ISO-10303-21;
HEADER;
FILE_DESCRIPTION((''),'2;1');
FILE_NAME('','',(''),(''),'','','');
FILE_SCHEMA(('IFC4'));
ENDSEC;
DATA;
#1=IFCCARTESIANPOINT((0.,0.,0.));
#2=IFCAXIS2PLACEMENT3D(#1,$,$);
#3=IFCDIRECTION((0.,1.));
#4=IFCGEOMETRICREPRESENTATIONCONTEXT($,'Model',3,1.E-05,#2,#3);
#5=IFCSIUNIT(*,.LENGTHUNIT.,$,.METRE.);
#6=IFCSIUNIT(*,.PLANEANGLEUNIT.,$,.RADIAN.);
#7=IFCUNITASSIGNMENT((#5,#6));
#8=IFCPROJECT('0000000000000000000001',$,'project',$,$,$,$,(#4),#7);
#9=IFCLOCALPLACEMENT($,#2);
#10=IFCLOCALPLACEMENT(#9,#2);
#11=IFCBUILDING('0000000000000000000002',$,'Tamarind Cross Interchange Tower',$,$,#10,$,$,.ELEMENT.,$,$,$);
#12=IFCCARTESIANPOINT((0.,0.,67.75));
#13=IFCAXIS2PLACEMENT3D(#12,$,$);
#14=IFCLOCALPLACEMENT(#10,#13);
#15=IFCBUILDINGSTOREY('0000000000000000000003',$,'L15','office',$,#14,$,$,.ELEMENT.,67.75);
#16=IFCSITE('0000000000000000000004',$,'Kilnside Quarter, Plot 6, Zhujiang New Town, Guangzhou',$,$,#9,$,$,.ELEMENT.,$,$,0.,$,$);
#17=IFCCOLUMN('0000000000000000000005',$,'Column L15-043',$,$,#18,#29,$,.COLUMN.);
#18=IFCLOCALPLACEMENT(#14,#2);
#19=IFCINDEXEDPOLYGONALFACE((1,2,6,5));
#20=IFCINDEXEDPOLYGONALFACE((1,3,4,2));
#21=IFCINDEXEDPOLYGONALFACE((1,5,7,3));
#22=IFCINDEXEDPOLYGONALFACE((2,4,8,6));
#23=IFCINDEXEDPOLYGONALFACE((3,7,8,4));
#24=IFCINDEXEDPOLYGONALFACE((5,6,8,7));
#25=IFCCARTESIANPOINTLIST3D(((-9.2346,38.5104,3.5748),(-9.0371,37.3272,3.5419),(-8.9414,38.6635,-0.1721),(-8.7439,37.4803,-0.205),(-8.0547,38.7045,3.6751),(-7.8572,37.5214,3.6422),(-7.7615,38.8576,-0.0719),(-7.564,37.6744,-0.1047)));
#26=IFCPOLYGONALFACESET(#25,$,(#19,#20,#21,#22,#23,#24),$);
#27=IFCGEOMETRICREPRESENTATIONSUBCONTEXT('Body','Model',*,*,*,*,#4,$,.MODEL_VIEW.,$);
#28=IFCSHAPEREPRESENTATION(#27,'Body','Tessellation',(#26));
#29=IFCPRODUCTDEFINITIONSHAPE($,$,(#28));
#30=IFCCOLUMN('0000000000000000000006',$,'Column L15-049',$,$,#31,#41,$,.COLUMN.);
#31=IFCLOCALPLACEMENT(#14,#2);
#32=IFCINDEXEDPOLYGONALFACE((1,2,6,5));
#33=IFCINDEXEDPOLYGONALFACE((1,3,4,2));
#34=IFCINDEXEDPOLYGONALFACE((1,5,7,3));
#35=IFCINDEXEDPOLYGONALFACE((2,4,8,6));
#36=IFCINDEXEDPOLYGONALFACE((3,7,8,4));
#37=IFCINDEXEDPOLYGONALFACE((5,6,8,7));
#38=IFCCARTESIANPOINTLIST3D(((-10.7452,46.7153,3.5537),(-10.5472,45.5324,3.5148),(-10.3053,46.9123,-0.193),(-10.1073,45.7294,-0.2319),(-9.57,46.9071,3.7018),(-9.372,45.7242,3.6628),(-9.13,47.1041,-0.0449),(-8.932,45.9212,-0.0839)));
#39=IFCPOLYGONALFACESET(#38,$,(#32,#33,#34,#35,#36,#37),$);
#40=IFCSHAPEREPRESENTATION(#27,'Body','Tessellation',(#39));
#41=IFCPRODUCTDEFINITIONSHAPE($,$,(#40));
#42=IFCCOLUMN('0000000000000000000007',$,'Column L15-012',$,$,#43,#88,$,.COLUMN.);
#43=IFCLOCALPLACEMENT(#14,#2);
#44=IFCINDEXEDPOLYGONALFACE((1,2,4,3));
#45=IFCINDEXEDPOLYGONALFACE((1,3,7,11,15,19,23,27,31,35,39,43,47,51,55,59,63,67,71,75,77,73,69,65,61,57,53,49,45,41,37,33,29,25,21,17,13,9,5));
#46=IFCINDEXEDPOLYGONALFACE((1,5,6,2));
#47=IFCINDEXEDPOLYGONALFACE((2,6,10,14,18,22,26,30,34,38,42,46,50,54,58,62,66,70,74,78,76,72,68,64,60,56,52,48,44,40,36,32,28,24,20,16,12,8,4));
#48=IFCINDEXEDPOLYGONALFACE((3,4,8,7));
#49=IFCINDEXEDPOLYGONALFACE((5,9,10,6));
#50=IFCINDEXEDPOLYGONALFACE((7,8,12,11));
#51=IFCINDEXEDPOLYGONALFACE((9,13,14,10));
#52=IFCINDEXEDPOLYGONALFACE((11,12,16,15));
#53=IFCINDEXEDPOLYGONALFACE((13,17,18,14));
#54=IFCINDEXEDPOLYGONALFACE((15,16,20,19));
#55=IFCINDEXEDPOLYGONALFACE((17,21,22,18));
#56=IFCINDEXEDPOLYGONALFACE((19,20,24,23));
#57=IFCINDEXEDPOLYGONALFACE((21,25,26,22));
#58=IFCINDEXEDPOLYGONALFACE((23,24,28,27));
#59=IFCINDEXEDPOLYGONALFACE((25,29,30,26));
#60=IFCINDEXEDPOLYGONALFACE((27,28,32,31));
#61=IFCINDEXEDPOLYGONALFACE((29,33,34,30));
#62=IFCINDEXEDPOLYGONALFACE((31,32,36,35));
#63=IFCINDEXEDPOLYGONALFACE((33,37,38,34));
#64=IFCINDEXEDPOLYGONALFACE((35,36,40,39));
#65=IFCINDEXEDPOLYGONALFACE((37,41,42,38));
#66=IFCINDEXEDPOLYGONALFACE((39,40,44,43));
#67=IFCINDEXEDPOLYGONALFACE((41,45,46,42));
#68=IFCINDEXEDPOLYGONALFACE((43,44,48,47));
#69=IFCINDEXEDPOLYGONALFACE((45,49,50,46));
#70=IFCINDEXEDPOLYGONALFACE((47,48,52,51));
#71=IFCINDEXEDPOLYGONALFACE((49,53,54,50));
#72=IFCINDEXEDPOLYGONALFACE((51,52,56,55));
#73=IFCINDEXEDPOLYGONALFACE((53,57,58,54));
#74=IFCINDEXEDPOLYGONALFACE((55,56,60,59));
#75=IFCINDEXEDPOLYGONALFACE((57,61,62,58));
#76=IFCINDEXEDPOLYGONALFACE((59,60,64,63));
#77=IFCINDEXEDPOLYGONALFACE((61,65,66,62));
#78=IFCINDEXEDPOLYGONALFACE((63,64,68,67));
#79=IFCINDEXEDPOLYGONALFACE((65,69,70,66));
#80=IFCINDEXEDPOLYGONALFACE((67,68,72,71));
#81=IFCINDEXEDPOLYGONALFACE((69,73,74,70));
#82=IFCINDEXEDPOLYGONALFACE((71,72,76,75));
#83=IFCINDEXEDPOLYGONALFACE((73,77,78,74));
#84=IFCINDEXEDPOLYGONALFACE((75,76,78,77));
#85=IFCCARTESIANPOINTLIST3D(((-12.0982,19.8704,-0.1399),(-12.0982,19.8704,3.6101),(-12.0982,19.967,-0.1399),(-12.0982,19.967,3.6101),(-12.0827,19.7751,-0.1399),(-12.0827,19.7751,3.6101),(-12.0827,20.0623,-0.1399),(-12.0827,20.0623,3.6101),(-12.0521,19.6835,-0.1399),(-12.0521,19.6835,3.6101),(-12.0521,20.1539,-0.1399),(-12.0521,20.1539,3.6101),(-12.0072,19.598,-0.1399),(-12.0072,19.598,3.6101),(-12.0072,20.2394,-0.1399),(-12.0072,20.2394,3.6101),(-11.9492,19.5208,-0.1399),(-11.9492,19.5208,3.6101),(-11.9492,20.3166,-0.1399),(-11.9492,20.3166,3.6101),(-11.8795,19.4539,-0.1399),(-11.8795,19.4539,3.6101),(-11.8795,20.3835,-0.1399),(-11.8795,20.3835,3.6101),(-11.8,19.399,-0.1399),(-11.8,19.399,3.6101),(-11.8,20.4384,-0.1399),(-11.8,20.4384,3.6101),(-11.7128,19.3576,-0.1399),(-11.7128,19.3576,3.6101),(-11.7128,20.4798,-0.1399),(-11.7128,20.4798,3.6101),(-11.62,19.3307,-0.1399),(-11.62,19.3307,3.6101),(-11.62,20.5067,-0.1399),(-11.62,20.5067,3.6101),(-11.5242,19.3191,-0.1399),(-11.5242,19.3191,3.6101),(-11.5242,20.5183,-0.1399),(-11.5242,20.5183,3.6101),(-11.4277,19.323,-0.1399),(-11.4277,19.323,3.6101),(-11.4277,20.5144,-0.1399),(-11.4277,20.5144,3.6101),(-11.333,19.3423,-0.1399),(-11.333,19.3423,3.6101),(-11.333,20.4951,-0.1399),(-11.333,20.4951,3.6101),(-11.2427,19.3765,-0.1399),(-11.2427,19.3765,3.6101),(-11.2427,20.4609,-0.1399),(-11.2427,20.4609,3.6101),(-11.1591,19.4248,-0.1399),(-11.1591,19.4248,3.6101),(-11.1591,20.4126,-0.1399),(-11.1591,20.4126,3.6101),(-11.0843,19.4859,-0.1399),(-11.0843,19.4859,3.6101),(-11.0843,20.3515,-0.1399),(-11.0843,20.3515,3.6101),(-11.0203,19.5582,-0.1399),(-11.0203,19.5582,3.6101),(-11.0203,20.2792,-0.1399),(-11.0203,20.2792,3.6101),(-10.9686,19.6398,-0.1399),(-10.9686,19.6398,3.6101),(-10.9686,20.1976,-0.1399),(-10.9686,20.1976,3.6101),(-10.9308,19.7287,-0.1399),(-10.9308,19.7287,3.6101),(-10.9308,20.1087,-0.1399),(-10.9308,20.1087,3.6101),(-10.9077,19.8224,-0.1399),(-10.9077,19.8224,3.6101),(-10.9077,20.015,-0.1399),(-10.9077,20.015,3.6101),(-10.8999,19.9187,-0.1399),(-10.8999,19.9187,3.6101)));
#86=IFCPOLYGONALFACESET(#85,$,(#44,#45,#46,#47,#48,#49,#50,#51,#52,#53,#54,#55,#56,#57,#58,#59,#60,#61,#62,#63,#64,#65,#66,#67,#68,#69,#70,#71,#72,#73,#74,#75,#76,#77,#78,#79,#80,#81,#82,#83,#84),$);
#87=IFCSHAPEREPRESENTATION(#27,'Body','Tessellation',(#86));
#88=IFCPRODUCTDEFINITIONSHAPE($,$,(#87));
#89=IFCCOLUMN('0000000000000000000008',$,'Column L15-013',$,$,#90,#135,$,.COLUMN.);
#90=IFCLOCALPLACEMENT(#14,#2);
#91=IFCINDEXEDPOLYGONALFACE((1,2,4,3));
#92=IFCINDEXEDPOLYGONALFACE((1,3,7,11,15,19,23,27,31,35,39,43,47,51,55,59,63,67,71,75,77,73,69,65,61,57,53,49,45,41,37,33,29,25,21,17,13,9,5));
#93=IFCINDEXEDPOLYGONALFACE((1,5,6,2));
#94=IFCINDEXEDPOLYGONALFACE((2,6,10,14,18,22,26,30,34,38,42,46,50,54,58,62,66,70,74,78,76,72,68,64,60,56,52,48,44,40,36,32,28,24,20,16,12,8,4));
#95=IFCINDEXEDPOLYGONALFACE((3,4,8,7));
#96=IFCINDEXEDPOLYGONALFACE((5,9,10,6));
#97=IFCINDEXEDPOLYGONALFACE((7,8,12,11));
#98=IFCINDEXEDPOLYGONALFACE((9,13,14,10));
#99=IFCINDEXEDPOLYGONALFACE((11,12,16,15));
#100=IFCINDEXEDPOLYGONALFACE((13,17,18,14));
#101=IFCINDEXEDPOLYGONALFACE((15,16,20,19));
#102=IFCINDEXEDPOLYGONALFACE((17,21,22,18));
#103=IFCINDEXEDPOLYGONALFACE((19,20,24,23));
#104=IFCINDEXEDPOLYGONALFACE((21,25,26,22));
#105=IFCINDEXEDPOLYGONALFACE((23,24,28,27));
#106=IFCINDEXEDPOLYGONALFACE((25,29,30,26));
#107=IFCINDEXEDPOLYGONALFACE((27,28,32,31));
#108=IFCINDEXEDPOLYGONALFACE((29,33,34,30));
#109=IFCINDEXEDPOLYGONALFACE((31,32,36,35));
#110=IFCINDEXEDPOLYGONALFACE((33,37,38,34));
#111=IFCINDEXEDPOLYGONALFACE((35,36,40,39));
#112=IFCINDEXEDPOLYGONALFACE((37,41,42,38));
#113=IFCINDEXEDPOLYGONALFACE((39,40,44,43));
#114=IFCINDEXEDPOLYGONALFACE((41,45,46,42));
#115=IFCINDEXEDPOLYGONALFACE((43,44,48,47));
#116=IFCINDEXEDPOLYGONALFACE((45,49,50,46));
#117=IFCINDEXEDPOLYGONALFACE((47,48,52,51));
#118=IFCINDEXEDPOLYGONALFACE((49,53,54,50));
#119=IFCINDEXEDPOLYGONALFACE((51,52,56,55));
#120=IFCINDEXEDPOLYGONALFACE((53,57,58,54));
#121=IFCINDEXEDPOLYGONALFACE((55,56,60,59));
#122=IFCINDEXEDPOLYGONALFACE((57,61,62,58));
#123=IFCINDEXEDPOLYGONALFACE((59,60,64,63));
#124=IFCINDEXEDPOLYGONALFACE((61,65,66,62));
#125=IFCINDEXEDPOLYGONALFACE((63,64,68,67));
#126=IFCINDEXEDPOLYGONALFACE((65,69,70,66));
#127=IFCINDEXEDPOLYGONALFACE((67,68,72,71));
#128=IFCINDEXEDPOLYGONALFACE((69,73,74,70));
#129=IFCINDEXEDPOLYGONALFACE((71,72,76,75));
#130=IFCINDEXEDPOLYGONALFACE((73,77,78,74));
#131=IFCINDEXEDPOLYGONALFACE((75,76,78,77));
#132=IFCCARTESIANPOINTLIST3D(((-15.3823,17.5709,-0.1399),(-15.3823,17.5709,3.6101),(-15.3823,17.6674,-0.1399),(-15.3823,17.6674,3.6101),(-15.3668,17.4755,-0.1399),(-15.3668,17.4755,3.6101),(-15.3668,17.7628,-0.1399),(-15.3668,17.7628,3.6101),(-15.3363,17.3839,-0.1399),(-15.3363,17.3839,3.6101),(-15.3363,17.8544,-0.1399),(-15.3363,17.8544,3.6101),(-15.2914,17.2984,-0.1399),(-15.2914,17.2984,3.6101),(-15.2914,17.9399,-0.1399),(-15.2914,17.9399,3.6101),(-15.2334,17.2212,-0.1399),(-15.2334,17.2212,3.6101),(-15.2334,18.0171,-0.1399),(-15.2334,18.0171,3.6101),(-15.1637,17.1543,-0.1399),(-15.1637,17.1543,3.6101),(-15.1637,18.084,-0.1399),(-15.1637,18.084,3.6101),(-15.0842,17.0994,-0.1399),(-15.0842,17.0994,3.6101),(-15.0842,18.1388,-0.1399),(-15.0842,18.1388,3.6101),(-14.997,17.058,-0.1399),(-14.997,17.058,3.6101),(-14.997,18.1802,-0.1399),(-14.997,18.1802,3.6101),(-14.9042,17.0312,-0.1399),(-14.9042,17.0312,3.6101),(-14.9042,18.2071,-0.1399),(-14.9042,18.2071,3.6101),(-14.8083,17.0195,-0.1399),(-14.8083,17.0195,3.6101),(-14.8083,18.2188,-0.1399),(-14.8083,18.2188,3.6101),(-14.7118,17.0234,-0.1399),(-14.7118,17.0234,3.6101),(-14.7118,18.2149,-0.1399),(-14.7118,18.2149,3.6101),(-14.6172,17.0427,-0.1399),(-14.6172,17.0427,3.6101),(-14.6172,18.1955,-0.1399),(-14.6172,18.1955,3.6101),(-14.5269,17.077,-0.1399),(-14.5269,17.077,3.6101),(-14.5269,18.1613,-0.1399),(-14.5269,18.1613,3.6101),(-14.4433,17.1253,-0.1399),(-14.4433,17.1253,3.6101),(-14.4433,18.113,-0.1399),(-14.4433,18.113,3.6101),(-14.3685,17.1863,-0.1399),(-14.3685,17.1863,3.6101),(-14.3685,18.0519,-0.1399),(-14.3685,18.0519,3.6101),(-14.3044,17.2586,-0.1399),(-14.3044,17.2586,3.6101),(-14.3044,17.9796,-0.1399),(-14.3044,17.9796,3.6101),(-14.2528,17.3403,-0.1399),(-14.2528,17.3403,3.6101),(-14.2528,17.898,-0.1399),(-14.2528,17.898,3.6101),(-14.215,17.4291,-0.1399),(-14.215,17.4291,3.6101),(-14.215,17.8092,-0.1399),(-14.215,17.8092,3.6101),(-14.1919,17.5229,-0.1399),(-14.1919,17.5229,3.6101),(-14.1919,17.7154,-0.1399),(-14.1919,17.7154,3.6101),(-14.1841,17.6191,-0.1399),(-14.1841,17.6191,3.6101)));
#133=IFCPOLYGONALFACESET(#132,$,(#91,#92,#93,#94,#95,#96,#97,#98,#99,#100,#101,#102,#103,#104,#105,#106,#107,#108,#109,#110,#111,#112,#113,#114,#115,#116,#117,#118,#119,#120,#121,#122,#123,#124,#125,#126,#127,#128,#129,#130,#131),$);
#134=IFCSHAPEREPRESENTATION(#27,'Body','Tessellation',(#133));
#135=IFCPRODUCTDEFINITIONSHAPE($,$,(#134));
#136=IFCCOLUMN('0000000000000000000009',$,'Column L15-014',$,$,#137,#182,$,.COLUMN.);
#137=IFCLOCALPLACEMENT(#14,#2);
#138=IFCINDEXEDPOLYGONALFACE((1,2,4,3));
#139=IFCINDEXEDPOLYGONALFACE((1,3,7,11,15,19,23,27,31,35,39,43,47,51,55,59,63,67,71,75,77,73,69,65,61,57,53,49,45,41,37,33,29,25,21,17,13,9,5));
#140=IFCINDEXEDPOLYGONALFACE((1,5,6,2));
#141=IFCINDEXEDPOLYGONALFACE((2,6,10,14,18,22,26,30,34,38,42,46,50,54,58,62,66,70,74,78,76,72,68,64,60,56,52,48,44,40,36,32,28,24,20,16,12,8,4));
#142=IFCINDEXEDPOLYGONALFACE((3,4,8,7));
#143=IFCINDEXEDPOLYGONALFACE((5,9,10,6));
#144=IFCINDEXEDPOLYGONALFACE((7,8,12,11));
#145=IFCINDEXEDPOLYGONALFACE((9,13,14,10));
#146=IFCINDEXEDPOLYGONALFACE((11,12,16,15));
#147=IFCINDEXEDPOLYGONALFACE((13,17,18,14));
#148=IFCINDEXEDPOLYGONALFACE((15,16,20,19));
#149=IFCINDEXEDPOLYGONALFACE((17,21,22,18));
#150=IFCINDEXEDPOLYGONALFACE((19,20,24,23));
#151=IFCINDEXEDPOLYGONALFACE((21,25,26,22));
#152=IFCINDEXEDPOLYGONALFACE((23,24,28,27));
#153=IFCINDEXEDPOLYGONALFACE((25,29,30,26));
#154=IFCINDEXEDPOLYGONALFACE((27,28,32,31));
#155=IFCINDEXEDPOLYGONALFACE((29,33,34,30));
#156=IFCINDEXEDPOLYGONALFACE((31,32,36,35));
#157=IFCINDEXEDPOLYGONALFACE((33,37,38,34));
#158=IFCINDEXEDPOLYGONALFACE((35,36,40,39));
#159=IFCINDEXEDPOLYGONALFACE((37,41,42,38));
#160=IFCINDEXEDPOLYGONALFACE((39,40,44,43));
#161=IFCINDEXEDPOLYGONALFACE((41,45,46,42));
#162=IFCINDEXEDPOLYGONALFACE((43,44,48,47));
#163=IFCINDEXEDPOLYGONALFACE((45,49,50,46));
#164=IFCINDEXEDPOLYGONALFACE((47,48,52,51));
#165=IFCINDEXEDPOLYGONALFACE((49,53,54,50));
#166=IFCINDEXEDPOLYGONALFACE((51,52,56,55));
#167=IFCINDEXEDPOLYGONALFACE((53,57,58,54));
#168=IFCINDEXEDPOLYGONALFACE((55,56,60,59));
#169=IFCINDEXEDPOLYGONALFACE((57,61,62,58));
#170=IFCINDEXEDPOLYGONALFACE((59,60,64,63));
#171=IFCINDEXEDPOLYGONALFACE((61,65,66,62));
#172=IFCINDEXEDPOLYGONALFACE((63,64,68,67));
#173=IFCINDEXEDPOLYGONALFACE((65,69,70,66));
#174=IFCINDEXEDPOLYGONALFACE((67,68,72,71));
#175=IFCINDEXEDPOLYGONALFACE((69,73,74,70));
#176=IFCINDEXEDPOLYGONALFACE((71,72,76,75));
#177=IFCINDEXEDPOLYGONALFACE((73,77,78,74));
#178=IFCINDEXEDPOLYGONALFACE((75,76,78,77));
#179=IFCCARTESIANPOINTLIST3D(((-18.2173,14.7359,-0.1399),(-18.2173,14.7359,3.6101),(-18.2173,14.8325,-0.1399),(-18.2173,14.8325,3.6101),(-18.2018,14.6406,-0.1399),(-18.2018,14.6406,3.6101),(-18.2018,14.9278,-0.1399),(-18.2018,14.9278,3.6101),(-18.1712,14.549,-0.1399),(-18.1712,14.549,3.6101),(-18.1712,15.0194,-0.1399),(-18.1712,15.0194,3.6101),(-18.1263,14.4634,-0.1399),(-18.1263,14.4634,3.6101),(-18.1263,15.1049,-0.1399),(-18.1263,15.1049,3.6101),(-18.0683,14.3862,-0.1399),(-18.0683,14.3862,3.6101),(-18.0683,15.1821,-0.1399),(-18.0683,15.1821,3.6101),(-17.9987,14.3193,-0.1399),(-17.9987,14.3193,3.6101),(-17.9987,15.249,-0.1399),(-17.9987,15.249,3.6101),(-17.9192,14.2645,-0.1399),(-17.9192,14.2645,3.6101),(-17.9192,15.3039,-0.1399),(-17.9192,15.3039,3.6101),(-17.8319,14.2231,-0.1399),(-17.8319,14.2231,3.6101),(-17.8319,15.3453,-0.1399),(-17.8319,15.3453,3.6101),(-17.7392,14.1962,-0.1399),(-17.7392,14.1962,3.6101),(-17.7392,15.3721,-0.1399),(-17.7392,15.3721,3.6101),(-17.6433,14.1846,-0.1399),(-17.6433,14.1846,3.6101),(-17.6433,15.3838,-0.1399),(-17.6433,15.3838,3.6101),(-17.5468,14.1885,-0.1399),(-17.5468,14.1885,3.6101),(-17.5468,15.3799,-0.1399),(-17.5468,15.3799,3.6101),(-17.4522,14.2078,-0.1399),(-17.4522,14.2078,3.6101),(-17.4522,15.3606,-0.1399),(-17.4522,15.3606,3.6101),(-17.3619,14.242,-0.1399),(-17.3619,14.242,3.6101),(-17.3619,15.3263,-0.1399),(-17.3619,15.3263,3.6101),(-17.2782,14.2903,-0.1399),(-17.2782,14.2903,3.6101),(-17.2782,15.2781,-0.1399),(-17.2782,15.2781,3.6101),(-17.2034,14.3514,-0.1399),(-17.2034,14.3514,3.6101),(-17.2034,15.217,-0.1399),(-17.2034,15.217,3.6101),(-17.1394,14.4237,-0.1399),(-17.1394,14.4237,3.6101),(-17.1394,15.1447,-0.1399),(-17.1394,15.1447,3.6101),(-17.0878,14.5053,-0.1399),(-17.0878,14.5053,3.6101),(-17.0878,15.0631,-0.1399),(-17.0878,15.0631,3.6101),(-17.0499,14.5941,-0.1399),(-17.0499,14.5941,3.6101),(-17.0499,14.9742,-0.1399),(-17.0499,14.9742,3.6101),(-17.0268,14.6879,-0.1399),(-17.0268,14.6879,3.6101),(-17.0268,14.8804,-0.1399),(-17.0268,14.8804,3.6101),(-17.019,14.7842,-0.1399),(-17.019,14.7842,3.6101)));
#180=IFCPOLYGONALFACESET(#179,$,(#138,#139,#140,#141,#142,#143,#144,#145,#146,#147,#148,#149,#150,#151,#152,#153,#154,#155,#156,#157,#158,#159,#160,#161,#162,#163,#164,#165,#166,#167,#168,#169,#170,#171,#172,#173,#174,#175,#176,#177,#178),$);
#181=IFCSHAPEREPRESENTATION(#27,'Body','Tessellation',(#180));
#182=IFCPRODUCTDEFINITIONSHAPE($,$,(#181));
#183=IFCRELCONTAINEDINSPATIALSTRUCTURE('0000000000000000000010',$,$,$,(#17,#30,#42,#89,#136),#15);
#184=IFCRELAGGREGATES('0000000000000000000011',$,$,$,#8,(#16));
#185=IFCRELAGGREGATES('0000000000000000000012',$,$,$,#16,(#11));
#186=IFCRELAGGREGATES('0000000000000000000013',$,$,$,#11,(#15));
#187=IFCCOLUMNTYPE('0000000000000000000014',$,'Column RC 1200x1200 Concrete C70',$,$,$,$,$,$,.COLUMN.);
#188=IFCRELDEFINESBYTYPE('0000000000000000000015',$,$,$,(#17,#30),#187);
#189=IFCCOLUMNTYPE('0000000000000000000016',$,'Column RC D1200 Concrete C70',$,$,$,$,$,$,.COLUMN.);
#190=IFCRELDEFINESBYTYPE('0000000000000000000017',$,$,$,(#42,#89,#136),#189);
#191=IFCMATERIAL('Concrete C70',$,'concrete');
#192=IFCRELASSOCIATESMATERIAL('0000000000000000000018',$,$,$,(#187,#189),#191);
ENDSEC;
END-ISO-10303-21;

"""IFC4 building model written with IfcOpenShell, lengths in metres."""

from ifc_helpers import new_model, si_unit, direction, frame, origin, origin_2d, place, context, subcontext, project, spatial, rectangle, circle, extrude, material, material_profile, profile_set, type_object, element, save


model = new_model("IFC4")

# Units and contexts
model_context = context("Model", 3, precision=1e-05, world=origin(), true_north=direction((0.0, 1.0)))
body_context = subcontext(model_context, "Body", "Model", "MODEL_VIEW")
ifc_project = project(units=[si_unit("LENGTHUNIT", "METRE"), si_unit("PLANEANGLEUNIT", "RADIAN")], contexts=[model_context])

# Site, building, storey
site_placement = place(None, origin())
site = spatial("IfcSite", under=ifc_project, at=site_placement, Name="Kilnside Quarter, Plot 6, Zhujiang New Town, Guangzhou", CompositionType="ELEMENT", RefElevation=0.0)
building_placement = place(site_placement, origin())
building = spatial("IfcBuilding", under=site, at=building_placement, Name="Tamarind Cross Interchange Tower", CompositionType="ELEMENT")
storey_placement = place(building_placement, frame((0.0, 0.0, 67.75)))
storey = spatial("IfcBuildingStorey", under=building, at=storey_placement, Name="L15", Description="office", CompositionType="ELEMENT", Elevation=67.75)

# Columns
ifc_material_1 = material(Name="Concrete C70", Category="concrete")
ifc_material_profile_1 = material_profile(ifc_material_1, rectangle(XDim=1.2, YDim=1.2, at=origin_2d()), Name="RC 1200x1200")
ifc_profile_set_1 = profile_set([ifc_material_profile_1], Name="Concrete C70")
column_type_1 = type_object("IfcColumnType", Name="Column RC 1200x1200 Concrete C70", PredefinedType="COLUMN", material=ifc_profile_set_1)
column_1_placement = place(storey_placement, frame((-8.2527, 38.1689, -0.1384), z_axis=(-0.077953, -0.040697, 0.996126), x_axis=(0.983284, 0.161771, 0.083557)))
element("IfcColumn", 1, at=column_1_placement, inside=storey, type_object=column_type_1, Name="Column L15-043", PredefinedType="COLUMN", context=body_context, shape_type="SweptSolid", body=[
    extrude(rectangle(XDim=1.2, YDim=1.2, at=origin_2d()), origin(), (0.0, 0.0, 1.0), 3.7615),
])
column_2_placement = place(storey_placement, frame((-9.6187, 46.4167, -0.1384), z_axis=(-0.116457, -0.052154, 0.991825), x_axis=(0.979395, 0.159863, 0.123404)))
element("IfcColumn", 2, at=column_2_placement, inside=storey, type_object=column_type_1, Name="Column L15-049", PredefinedType="COLUMN", context=body_context, shape_type="SweptSolid", body=[
    extrude(rectangle(XDim=1.2, YDim=1.2, at=origin_2d()), origin(), (0.0, 0.0, 1.0), 3.7776),
])
ifc_material_profile_2 = material_profile(ifc_material_1, circle(Radius=0.6001, at=origin_2d()), Name="RC D1200")
ifc_profile_set_2 = profile_set([ifc_material_profile_2], Name="Concrete C70")
column_type_2 = type_object("IfcColumnType", Name="Column RC D1200 Concrete C70", PredefinedType="COLUMN", material=ifc_profile_set_2)
for number, where, z_axis, x_axis, name in (
    (3, (-11.5, 19.9187, -0.1399), (0.0, 0.0, 1.0), (1.0, 0.0, 0.0), "Column L15-012"),
    (4, (-14.7842, 17.6191, -0.1399), (0.0, 0.0, 1.0), (1.0, 0.0, 0.0), "Column L15-013"),
    (5, (-17.6191, 14.7842, -0.1399), (0.0, 0.0, 1.0), (1.0, 0.0, 0.0), "Column L15-014"),
):
    element("IfcColumn", number, at=place(storey_placement, frame(where, z_axis=z_axis, x_axis=x_axis)), inside=storey, type_object=column_type_2, Name=name, PredefinedType="COLUMN", context=body_context, shape_type="SweptSolid", body=[
        extrude(circle(Radius=0.6001, at=origin_2d()), origin(), (0.0, 0.0, 1.0), 3.75),
    ])

save(model, "model.ifc")
